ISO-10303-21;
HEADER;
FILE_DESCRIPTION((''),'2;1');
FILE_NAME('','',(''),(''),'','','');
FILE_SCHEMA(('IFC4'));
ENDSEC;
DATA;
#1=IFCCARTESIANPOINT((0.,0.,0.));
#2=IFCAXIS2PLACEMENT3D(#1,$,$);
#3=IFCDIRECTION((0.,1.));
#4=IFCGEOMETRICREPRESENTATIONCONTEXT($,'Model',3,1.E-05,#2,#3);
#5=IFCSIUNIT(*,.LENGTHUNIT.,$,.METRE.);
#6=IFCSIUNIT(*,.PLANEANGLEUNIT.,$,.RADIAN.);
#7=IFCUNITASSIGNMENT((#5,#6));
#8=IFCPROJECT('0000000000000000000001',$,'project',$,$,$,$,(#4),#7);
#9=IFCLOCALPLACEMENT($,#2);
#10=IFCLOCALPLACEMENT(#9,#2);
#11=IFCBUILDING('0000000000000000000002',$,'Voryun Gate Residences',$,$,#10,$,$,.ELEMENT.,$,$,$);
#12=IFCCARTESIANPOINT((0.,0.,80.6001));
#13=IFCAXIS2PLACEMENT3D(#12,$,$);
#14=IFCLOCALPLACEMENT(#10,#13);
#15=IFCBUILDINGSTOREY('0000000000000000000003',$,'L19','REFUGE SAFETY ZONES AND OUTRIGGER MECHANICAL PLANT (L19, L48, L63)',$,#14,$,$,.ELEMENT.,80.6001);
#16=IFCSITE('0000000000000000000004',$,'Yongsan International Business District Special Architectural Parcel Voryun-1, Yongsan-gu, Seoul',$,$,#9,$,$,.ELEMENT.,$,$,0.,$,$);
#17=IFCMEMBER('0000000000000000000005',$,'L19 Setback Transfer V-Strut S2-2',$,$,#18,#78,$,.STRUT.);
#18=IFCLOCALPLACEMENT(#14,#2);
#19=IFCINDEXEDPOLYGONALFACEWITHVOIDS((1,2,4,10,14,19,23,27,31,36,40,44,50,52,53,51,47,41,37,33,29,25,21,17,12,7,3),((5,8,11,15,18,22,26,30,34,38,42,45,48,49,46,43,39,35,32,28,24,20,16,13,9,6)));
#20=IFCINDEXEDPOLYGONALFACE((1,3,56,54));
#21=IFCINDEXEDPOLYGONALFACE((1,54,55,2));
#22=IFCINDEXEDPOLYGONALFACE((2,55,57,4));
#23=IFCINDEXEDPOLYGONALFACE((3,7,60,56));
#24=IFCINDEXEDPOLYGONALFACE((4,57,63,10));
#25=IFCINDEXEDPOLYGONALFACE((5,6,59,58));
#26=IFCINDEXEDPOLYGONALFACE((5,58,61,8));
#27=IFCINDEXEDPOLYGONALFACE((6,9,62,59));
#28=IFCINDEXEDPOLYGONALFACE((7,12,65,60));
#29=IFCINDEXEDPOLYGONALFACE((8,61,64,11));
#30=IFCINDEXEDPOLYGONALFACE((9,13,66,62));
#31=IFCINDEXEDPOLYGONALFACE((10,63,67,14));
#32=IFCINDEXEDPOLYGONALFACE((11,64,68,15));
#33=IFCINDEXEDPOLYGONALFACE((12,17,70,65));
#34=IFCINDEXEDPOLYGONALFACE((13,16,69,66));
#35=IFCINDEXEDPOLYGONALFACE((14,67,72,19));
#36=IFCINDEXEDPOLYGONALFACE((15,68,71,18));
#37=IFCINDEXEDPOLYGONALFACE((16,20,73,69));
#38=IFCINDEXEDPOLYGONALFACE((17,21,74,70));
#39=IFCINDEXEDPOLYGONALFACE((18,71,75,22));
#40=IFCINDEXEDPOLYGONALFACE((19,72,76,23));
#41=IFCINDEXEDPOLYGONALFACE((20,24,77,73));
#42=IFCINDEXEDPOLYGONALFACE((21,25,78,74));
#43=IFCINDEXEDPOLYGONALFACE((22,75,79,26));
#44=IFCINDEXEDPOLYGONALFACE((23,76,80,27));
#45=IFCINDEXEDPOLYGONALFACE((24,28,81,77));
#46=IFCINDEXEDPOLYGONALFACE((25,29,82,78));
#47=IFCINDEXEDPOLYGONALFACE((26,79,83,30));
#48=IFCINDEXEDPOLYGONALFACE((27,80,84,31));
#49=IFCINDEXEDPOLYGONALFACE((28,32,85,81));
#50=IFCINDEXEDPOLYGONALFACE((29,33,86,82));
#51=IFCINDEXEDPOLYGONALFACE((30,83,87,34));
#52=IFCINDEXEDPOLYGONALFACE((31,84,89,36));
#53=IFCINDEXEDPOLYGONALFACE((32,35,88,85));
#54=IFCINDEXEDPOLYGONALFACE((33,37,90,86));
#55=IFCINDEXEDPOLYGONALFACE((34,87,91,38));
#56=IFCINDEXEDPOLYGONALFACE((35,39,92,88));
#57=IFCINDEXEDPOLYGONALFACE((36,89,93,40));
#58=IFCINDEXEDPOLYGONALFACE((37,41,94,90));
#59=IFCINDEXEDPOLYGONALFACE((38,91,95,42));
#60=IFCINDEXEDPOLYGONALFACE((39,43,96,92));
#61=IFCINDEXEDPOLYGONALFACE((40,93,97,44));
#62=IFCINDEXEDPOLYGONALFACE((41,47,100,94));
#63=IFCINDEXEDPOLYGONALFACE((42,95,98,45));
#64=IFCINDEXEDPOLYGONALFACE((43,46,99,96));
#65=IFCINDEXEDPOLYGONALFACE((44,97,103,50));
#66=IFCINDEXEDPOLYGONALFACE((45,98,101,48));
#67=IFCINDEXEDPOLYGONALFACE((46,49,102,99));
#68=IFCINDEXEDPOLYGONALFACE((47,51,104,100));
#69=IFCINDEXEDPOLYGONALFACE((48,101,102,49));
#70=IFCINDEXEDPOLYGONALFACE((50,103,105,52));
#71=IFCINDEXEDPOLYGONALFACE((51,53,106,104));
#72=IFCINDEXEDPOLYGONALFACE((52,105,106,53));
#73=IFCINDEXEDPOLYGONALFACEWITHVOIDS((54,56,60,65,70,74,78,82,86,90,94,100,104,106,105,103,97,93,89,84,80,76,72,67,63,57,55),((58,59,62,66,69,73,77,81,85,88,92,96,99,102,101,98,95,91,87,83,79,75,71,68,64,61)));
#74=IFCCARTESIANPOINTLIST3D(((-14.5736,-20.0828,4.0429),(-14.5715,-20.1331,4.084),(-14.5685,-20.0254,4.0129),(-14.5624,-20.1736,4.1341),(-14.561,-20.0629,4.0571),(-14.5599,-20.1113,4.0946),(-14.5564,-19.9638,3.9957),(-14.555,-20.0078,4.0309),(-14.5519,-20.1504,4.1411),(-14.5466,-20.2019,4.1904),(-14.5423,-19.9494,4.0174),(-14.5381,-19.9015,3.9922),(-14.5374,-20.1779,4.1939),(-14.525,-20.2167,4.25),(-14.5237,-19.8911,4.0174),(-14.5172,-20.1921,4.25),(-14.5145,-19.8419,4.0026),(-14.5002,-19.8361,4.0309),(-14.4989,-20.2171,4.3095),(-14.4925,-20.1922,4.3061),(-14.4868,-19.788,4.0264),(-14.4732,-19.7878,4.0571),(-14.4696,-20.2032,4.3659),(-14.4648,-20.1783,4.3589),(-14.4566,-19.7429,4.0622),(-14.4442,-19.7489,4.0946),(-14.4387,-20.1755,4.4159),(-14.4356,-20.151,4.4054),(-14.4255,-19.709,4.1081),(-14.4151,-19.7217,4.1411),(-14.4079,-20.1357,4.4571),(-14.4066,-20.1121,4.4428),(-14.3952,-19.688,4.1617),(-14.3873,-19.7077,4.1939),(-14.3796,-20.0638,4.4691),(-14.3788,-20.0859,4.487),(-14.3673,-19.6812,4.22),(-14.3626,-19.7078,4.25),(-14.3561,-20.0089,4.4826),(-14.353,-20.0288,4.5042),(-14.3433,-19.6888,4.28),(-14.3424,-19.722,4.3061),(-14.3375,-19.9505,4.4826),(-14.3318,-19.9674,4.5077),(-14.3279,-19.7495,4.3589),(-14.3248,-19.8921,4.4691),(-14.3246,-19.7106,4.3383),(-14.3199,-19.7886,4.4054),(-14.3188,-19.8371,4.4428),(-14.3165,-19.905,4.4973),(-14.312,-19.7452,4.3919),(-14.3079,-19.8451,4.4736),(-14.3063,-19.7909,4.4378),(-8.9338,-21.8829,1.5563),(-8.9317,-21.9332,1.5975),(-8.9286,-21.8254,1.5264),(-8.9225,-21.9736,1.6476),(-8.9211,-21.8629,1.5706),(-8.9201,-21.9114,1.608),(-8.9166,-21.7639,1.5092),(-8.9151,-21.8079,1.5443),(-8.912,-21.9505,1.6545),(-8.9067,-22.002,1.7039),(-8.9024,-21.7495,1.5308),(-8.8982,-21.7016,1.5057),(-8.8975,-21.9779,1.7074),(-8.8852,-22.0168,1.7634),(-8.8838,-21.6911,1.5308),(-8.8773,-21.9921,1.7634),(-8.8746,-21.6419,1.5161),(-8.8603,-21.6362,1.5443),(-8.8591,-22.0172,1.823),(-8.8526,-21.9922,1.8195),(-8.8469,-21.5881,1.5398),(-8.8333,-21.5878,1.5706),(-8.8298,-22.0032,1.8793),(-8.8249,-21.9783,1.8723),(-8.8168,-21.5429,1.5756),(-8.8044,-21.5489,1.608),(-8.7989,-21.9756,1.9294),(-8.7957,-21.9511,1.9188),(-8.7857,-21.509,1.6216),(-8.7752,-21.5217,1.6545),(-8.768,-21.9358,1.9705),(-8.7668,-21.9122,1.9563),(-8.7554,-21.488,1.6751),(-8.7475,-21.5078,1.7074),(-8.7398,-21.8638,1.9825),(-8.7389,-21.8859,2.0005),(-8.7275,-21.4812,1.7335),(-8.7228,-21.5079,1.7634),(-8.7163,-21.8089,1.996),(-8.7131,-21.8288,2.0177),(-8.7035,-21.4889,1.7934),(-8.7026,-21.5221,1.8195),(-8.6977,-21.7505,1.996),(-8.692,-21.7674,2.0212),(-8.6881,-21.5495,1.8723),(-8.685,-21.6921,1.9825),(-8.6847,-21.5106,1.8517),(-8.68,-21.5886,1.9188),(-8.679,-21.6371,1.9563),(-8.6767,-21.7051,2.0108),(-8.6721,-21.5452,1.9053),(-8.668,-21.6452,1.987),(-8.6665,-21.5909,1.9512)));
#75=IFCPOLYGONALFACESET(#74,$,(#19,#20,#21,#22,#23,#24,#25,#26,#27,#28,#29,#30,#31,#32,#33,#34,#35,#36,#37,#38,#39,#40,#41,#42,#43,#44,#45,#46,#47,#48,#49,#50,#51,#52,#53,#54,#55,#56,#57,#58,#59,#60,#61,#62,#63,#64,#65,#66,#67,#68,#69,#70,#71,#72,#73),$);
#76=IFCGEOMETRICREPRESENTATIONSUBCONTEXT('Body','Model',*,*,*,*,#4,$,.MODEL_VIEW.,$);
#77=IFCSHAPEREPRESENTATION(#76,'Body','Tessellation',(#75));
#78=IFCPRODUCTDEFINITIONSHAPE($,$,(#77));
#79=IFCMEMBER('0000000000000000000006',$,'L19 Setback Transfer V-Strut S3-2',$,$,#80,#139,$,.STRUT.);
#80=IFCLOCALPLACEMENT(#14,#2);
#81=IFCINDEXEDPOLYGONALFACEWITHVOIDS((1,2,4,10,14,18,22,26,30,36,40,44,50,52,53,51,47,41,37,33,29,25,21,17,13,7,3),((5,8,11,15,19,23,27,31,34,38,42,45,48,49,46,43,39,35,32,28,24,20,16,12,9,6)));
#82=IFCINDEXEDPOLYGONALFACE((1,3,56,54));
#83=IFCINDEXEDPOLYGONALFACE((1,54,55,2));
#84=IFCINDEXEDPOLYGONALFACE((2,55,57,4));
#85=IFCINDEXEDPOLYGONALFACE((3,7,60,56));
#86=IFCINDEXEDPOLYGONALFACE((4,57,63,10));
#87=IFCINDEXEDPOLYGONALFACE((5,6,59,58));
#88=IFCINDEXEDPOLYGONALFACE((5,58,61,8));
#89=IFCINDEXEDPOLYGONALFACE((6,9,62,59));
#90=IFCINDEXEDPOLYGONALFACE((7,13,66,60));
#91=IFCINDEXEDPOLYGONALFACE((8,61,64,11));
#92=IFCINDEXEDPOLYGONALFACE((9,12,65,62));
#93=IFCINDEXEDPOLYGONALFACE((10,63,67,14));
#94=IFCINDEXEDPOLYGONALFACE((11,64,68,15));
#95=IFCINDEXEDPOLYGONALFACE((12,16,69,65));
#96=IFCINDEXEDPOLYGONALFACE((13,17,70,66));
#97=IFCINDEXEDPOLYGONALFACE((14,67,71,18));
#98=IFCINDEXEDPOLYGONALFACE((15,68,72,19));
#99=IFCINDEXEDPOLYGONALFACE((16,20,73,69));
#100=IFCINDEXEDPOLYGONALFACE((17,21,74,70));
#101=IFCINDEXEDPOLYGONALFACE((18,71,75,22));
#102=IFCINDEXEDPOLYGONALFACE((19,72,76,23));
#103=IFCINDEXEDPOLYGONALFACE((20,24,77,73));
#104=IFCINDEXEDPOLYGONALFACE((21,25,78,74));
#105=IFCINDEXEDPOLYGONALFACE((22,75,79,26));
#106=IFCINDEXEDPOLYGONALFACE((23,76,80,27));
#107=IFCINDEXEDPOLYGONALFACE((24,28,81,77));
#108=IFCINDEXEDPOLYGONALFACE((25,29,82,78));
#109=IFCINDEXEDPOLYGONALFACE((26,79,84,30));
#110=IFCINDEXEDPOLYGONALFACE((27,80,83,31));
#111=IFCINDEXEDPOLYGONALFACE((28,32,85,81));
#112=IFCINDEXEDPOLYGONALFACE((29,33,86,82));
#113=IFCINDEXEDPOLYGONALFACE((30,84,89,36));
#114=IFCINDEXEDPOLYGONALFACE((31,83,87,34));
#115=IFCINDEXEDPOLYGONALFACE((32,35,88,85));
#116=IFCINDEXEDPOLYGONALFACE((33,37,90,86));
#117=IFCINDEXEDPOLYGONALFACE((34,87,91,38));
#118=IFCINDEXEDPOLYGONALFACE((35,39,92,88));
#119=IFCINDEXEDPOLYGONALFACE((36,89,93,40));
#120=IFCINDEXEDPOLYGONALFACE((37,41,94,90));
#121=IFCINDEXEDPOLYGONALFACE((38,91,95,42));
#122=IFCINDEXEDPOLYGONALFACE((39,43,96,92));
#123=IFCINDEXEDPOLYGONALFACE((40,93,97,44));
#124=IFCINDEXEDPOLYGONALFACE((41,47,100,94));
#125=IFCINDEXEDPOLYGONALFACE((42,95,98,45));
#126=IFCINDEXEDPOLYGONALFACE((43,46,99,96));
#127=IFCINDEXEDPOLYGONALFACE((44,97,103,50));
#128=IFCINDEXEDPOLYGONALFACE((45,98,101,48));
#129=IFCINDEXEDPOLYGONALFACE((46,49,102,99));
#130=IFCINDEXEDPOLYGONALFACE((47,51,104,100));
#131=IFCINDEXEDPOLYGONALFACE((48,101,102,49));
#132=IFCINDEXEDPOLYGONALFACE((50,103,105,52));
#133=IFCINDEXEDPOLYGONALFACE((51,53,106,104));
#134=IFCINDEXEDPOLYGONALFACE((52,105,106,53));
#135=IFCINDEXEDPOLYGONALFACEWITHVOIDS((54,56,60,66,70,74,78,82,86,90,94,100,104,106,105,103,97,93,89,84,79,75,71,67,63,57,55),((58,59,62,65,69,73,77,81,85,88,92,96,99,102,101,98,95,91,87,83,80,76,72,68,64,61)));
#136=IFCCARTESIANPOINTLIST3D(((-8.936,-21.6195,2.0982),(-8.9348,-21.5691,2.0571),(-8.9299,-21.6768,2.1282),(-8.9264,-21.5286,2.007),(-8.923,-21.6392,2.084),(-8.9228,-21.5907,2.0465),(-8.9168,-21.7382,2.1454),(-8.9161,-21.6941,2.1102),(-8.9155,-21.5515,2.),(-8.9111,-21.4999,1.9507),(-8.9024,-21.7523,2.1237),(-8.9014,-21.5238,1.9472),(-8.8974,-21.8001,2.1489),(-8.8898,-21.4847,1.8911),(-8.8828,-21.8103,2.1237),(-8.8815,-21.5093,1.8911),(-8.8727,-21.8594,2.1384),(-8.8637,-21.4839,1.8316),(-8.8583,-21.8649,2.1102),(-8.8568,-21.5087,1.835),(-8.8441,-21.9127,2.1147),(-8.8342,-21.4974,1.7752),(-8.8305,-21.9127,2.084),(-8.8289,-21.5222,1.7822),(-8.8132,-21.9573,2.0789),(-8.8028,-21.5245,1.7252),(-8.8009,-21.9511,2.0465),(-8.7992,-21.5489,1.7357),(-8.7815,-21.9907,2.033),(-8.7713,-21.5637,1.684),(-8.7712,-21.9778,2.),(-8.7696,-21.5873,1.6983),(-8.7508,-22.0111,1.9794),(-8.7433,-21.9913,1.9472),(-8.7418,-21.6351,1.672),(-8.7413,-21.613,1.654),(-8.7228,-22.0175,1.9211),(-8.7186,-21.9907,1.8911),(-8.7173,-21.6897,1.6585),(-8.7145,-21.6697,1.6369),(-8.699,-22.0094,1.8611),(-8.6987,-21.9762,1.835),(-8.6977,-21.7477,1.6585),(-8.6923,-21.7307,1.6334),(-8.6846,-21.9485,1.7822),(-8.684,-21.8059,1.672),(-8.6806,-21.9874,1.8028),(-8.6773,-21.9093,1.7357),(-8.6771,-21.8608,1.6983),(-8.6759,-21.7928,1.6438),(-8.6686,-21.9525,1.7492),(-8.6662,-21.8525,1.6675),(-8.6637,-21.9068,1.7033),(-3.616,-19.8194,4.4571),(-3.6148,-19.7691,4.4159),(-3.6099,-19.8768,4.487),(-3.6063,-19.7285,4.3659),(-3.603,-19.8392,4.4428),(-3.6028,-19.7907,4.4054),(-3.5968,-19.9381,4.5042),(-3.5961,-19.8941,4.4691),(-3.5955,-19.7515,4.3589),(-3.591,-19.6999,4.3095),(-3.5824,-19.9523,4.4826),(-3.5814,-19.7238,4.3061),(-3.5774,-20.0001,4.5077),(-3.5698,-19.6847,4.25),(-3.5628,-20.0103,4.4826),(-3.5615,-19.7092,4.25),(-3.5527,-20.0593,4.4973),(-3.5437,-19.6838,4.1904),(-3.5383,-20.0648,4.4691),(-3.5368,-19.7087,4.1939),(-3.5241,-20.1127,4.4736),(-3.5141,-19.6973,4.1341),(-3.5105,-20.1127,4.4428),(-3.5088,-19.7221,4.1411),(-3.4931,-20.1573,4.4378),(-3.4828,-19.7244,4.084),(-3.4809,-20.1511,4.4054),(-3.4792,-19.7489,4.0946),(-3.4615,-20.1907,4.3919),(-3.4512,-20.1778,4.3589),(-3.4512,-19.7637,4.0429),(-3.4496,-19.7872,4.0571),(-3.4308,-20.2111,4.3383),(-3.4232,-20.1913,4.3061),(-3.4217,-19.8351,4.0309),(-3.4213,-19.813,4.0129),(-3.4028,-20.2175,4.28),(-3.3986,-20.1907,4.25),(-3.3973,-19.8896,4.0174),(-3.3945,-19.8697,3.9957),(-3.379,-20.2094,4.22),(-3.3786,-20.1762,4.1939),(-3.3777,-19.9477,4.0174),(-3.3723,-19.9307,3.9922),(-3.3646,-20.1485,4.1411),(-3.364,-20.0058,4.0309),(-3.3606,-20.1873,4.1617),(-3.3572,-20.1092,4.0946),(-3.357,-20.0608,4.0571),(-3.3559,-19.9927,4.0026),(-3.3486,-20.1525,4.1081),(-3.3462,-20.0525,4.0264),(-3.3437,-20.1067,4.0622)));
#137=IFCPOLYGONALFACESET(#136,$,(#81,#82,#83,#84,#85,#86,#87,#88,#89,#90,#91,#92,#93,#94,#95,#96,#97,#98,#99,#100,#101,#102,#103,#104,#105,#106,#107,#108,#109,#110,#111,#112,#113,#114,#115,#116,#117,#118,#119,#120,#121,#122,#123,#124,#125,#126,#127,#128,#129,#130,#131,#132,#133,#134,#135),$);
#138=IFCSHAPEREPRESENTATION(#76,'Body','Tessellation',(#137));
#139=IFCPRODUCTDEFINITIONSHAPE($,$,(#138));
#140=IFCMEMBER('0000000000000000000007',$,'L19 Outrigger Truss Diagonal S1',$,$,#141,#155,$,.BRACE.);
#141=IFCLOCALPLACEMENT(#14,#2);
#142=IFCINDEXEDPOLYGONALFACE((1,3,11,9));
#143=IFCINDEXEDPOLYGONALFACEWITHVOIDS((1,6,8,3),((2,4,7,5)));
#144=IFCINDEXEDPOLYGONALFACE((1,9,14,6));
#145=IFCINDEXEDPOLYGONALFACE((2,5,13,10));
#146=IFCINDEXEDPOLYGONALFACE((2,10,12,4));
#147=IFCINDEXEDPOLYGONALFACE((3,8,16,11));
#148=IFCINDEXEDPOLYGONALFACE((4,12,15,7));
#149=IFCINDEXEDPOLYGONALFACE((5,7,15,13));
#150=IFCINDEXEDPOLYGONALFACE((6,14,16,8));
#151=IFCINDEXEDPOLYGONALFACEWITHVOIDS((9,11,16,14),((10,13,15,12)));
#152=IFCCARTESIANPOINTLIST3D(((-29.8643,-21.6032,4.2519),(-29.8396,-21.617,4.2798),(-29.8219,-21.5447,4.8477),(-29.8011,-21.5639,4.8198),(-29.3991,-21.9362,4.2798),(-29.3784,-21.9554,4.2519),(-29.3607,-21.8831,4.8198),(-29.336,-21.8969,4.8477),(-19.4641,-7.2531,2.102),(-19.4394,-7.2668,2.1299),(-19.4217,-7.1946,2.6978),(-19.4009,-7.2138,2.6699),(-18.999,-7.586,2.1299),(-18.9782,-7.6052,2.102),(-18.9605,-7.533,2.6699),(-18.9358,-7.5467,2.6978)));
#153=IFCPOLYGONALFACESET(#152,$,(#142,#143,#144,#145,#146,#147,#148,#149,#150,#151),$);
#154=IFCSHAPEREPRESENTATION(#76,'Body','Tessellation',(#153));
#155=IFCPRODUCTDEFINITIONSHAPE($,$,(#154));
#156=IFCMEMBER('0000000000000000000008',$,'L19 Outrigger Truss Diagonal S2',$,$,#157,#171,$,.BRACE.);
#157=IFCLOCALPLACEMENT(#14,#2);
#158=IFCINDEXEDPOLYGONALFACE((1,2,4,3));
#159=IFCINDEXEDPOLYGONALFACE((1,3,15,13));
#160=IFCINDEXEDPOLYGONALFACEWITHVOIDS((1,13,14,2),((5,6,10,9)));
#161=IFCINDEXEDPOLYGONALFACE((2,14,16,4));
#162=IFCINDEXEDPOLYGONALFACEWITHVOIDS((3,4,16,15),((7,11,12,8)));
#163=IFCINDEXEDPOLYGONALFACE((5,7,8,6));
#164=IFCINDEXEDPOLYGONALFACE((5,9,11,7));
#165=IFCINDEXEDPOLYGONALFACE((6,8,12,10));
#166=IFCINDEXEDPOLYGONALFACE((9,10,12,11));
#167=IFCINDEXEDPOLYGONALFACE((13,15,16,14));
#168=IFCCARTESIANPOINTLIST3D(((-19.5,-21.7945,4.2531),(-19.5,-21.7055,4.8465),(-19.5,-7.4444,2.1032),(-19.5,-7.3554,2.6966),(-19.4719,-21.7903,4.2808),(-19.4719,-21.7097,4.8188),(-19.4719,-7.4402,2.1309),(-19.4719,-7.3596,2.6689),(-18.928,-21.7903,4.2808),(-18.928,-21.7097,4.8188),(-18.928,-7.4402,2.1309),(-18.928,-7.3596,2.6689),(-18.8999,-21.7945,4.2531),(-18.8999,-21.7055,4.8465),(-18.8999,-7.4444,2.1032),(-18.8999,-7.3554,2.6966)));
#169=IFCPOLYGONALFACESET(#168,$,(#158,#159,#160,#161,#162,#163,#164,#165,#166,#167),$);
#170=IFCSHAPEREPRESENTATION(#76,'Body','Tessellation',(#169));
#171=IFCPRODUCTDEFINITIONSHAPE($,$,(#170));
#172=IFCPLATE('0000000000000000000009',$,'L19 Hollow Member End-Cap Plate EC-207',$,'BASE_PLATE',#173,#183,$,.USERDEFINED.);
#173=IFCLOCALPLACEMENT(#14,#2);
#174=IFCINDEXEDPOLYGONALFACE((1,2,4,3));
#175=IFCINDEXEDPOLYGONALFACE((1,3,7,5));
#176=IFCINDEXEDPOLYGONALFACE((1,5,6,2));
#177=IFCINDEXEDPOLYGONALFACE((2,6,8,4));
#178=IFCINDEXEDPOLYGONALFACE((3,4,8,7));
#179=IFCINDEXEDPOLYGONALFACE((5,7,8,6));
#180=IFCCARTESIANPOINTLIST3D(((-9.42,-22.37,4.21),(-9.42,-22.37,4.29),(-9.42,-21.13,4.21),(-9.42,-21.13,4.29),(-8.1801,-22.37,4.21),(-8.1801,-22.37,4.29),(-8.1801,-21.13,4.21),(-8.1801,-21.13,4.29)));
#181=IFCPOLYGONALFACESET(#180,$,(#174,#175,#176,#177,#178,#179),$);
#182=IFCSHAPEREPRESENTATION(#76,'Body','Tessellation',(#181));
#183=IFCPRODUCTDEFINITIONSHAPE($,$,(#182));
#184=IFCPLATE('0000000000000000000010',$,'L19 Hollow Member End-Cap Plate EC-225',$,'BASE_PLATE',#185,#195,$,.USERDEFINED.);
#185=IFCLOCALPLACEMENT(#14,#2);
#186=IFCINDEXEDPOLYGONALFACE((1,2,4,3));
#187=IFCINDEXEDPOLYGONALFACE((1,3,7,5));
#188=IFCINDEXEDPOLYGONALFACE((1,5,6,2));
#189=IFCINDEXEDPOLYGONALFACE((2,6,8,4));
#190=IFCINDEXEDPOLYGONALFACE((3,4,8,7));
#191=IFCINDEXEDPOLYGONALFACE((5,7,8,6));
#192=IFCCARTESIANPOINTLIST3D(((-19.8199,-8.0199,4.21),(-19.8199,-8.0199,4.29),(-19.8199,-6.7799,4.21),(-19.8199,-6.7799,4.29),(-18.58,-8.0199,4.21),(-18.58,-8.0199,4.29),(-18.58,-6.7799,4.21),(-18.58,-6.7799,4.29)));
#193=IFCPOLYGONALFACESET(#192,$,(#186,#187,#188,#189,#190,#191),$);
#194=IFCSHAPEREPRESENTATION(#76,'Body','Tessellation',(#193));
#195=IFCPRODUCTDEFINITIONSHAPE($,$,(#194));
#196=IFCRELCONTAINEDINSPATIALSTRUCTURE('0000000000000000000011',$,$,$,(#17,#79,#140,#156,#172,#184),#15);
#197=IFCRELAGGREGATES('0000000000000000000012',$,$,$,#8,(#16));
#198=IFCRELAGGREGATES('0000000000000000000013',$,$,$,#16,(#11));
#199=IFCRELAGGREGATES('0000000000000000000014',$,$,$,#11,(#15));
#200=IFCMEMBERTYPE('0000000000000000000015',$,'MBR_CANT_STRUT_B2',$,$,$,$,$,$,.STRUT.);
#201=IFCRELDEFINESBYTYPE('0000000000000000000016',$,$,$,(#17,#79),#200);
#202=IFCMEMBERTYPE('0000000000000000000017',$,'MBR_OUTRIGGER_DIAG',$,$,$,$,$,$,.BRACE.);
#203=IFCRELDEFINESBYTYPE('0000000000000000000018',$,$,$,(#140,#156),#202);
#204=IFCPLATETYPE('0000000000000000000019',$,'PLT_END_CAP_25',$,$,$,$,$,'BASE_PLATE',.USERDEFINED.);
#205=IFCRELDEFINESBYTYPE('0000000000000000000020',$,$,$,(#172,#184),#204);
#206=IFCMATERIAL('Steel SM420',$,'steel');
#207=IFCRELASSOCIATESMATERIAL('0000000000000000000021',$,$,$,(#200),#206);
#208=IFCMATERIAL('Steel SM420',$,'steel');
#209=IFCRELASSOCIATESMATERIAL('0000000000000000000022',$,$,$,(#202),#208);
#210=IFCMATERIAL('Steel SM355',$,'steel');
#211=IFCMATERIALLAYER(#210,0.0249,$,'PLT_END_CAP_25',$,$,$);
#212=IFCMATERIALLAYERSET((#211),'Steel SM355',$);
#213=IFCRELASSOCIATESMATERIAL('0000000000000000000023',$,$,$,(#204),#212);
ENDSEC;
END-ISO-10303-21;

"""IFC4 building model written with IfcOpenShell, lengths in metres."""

from ifc_helpers import new_model, si_unit, direction, frame, origin, origin_2d, place, context, subcontext, project, spatial, rectangle, hollow_rectangle, hollow_circle, extrude, material, layer, layer_set, material_profile, profile_set, type_object, element, save


model = new_model("IFC4")

# Units and contexts
model_context = context("Model", 3, precision=1e-05, world=origin(), true_north=direction((0.0, 1.0)))
body_context = subcontext(model_context, "Body", "Model", "MODEL_VIEW")
ifc_project = project(units=[si_unit("LENGTHUNIT", "METRE"), si_unit("PLANEANGLEUNIT", "RADIAN")], contexts=[model_context])

# Site, building, storey
site_placement = place(None, origin())
site = spatial("IfcSite", under=ifc_project, at=site_placement, Name="Yongsan International Business District Special Architectural Parcel Voryun-1, Yongsan-gu, Seoul", CompositionType="ELEMENT", RefElevation=0.0)
building_placement = place(site_placement, origin())
building = spatial("IfcBuilding", under=site, at=building_placement, Name="Voryun Gate Residences", CompositionType="ELEMENT")
storey_placement = place(building_placement, frame((0.0, 0.0, 80.6001)))
storey = spatial("IfcBuildingStorey", under=building, at=storey_placement, Name="L19", Description="REFUGE SAFETY ZONES AND OUTRIGGER MECHANICAL PLANT (L19, L48, L63)", CompositionType="ELEMENT", Elevation=80.6001)

# Members
ifc_material_1 = material(Name="Steel SM420", Category="steel")
ifc_material_profile_1 = material_profile(ifc_material_1, hollow_circle(Radius=0.28, WallThickness=0.0259, at=origin_2d()), Name="CHS-560x26")
ifc_profile_set_1 = profile_set([ifc_material_profile_1], Name="Steel SM420")
member_type_1 = type_object("IfcMemberType", Name="MBR_CANT_STRUT_B2", PredefinedType="STRUT", material=ifc_profile_set_1)
member_1_placement = place(storey_placement, frame((-8.8, -21.75, 1.7634), z_axis=(-0.878326, 0.28033, 0.387245), x_axis=(-0.304053, -0.952655, 0.0)))
element("IfcMember", 1, at=member_1_placement, inside=storey, type_object=member_type_1, Name="L19 Setback Transfer V-Strut S2-2", PredefinedType="STRUT", context=body_context, shape_type="SweptSolid", body=[
    extrude(hollow_circle(Radius=0.28, WallThickness=0.0259, at=origin_2d()), origin(), (0.0, 0.0, 1.0), 6.4211),
])
member_2_placement = place(storey_placement, frame((-8.8, -21.75, 1.8911), z_axis=(0.873344, 0.295497, 0.387236), x_axis=(-0.320502, 0.947248, 0.0)))
element("IfcMember", 2, at=member_2_placement, inside=storey, type_object=member_type_1, Name="L19 Setback Transfer V-Strut S3-2", PredefinedType="STRUT", context=body_context, shape_type="SweptSolid", body=[
    extrude(hollow_circle(Radius=0.28, WallThickness=0.0259, at=origin_2d()), origin(), (0.0, 0.0, 1.0), 6.0916),
])
ifc_material_2 = material(Name="Steel SM420", Category="steel")
ifc_material_profile_2 = material_profile(ifc_material_2, hollow_rectangle(XDim=0.6001, YDim=0.6001, WallThickness=0.0281, at=origin_2d()), Name="BOX-600x600x28")
ifc_profile_set_2 = profile_set([ifc_material_profile_2], Name="Steel SM420")
member_type_2 = type_object("IfcMemberType", Name="MBR_OUTRIGGER_DIAG", PredefinedType="BRACE", material=ifc_profile_set_2)
member_3_placement = place(storey_placement, frame((-19.2, -7.3999, 2.3999), z_axis=(-0.582561, -0.803816, 0.120426), x_axis=(0.809709, -0.586832, 0.0)))
element("IfcMember", 3, at=member_3_placement, inside=storey, type_object=member_type_2, Name="L19 Outrigger Truss Diagonal S1", PredefinedType="BRACE", context=body_context, shape_type="SweptSolid", body=[
    extrude(hollow_rectangle(XDim=0.6001, YDim=0.6001, WallThickness=0.0281, at=origin_2d()), origin(), (0.0, 0.0, 1.0), 17.8525),
])
member_4_placement = place(storey_placement, frame((-19.2, -7.3999, 2.3999), z_axis=(0.0, -0.988963, 0.148164), x_axis=(1.0, 0.0, 0.0)))
element("IfcMember", 4, at=member_4_placement, inside=storey, type_object=member_type_2, Name="L19 Outrigger Truss Diagonal S2", PredefinedType="BRACE", context=body_context, shape_type="SweptSolid", body=[
    extrude(hollow_rectangle(XDim=0.6001, YDim=0.6001, WallThickness=0.0281, at=origin_2d()), origin(), (0.0, 0.0, 1.0), 14.5103),
])

# Plates
ifc_material_3 = material(Name="Steel SM355", Category="steel")
ifc_layer_1 = layer(ifc_material_3, 0.0249, Name="PLT_END_CAP_25")
ifc_layer_set_1 = layer_set([ifc_layer_1], Name="Steel SM355")
plate_type_1 = type_object("IfcPlateType", Name="PLT_END_CAP_25", ElementType="BASE_PLATE", PredefinedType="USERDEFINED", material=ifc_layer_set_1)
for number, where, z_axis, x_axis, name in (
    (5, (-8.8, -21.75, 4.21), (0.0, 0.0, 1.0), (1.0, 0.0, 0.0), "L19 Hollow Member End-Cap Plate EC-207"),
    (6, (-19.2, -7.3999, 4.21), (0.0, 0.0, 1.0), (1.0, 0.0, 0.0), "L19 Hollow Member End-Cap Plate EC-225"),
):
    element("IfcPlate", number, at=place(storey_placement, frame(where, z_axis=z_axis, x_axis=x_axis)), inside=storey, type_object=plate_type_1, Name=name, ObjectType="BASE_PLATE", PredefinedType="USERDEFINED", context=body_context, shape_type="SweptSolid", body=[
        extrude(rectangle(XDim=1.24, YDim=1.24, at=origin_2d()), origin(), (0.0, 0.0, 1.0), 0.0801),
    ])

save(model, "model.ifc")
